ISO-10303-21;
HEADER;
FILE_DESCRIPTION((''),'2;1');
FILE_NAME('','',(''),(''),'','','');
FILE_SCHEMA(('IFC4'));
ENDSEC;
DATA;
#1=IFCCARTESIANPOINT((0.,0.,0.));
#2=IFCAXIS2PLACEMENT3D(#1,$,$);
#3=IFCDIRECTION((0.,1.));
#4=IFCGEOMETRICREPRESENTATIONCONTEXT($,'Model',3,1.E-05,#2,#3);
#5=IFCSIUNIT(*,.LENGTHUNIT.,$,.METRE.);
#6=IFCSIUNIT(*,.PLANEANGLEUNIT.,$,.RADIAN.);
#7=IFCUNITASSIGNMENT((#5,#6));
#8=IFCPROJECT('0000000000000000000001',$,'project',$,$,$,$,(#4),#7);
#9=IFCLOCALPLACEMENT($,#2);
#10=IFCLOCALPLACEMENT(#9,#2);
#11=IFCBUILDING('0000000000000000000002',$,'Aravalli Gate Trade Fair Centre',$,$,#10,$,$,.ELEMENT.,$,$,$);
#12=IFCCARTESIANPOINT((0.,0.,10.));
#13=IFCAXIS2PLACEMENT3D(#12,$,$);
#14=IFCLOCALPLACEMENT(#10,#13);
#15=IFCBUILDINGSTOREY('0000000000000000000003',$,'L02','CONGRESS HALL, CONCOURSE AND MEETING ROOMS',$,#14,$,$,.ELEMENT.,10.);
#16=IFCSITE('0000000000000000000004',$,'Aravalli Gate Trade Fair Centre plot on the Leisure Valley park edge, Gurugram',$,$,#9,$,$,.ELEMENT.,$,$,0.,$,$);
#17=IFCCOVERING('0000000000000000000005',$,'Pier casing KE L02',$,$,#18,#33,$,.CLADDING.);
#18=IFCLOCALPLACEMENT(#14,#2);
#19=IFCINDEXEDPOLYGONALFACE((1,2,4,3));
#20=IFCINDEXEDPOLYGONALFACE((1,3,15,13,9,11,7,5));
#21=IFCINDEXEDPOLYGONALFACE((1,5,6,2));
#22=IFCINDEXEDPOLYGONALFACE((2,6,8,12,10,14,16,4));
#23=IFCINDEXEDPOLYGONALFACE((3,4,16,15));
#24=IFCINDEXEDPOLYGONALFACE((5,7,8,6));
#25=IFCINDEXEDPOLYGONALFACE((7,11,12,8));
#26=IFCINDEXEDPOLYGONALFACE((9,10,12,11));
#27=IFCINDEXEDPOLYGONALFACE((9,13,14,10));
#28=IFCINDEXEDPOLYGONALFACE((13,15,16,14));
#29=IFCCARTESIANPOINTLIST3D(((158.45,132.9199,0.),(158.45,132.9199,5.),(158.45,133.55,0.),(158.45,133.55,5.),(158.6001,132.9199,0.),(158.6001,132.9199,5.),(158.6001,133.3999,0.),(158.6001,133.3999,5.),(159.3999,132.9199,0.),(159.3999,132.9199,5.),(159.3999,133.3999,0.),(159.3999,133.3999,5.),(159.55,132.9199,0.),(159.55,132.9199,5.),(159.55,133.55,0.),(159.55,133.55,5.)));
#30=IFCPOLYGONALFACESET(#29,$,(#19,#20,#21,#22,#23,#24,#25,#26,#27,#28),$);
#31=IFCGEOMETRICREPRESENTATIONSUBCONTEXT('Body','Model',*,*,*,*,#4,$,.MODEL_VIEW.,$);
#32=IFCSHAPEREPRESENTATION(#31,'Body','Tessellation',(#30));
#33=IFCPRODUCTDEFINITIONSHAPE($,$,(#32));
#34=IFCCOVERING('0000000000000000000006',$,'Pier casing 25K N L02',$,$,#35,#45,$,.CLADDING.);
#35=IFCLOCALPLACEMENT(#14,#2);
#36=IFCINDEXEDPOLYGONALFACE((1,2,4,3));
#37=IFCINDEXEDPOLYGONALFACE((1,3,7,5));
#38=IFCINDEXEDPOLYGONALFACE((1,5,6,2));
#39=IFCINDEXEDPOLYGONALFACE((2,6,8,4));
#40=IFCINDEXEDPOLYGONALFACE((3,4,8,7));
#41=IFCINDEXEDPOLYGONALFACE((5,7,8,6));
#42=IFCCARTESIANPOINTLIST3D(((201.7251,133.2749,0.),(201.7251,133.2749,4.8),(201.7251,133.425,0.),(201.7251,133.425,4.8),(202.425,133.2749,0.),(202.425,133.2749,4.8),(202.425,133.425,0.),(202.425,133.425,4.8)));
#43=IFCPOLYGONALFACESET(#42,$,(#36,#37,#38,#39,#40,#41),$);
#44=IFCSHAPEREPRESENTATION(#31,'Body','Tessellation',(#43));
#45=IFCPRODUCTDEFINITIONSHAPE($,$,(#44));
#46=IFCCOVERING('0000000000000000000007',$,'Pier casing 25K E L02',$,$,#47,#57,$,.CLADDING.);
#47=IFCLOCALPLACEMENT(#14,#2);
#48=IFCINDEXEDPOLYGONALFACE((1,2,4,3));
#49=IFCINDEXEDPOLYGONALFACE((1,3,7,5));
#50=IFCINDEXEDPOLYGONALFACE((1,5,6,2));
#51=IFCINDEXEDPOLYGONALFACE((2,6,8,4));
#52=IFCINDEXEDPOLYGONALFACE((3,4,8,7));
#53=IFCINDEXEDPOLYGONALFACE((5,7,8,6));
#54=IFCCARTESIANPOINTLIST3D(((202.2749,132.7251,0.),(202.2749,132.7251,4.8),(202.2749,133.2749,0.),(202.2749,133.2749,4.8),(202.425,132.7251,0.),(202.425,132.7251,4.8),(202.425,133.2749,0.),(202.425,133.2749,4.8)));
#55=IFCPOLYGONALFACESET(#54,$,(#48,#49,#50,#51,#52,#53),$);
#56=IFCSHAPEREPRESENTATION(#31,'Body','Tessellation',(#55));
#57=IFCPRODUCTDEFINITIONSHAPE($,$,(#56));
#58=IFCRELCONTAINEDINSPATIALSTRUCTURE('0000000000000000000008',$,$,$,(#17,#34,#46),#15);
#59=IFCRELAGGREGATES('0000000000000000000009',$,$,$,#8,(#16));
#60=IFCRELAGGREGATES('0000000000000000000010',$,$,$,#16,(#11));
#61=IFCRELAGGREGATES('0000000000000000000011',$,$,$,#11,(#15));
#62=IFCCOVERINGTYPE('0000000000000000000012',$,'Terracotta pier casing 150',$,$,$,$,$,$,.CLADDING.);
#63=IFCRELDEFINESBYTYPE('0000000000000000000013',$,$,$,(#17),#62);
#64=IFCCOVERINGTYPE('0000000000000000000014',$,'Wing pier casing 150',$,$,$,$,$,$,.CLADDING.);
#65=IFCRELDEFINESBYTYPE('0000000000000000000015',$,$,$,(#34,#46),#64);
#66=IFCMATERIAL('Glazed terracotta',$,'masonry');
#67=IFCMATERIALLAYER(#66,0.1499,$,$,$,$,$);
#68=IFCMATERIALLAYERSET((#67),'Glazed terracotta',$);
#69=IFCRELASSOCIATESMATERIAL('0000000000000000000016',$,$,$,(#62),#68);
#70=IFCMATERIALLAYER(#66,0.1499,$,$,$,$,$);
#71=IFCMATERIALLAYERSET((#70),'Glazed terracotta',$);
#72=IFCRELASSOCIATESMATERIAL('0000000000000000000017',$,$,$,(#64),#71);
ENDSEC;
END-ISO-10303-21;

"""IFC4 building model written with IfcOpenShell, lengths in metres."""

from ifc_helpers import new_model, si_unit, direction, frame, origin, place, context, subcontext, project, spatial, polyline, outline, extrude, material, layer, layer_set, type_object, element, save


model = new_model("IFC4")

# Units and contexts
model_context = context("Model", 3, precision=1e-05, world=origin(), true_north=direction((0.0, 1.0)))
body_context = subcontext(model_context, "Body", "Model", "MODEL_VIEW")
ifc_project = project(units=[si_unit("LENGTHUNIT", "METRE"), si_unit("PLANEANGLEUNIT", "RADIAN")], contexts=[model_context])

# Site, building, storey
site_placement = place(None, origin())
site = spatial("IfcSite", under=ifc_project, at=site_placement, Name="Aravalli Gate Trade Fair Centre plot on the Leisure Valley park edge, Gurugram", CompositionType="ELEMENT", RefElevation=0.0)
building_placement = place(site_placement, origin())
building = spatial("IfcBuilding", under=site, at=building_placement, Name="Aravalli Gate Trade Fair Centre", CompositionType="ELEMENT")
storey_placement = place(building_placement, frame((0.0, 0.0, 10.0)))
storey = spatial("IfcBuildingStorey", under=building, at=storey_placement, Name="L02", Description="CONGRESS HALL, CONCOURSE AND MEETING ROOMS", CompositionType="ELEMENT", Elevation=10.0)

# Coverings
ifc_material_1 = material(Name="Glazed terracotta", Category="masonry")
ifc_layer_1 = layer(ifc_material_1, 0.1499)
ifc_layer_set_1 = layer_set([ifc_layer_1], Name="Glazed terracotta")
covering_type_1 = type_object("IfcCoveringType", Name="Terracotta pier casing 150", PredefinedType="CLADDING", material=ifc_layer_set_1)
covering_1_placement = place(storey_placement, origin())
element("IfcCovering", 1, at=covering_1_placement, inside=storey, type_object=covering_type_1, Name="Pier casing KE L02", PredefinedType="CLADDING", context=body_context, shape_type="SweptSolid", body=[
    extrude(outline(polyline([(158.45, 132.9199), (158.6001, 132.9199), (158.6001, 133.3999), (159.3999, 133.3999), (159.3999, 132.9199), (159.55, 132.9199), (159.55, 133.55), (158.45, 133.55), (158.45, 132.9199)])), origin(), (0.0, 0.0, 1.0), 5.0),
])
ifc_layer_2 = layer(ifc_material_1, 0.1499)
ifc_layer_set_2 = layer_set([ifc_layer_2], Name="Glazed terracotta")
covering_type_2 = type_object("IfcCoveringType", Name="Wing pier casing 150", PredefinedType="CLADDING", material=ifc_layer_set_2)
covering_2_placement = place(storey_placement, origin())
element("IfcCovering", 2, at=covering_2_placement, inside=storey, type_object=covering_type_2, Name="Pier casing 25K N L02", PredefinedType="CLADDING", context=body_context, shape_type="SweptSolid", body=[
    extrude(outline(polyline([(201.7251, 133.2749), (202.425, 133.2749), (202.425, 133.425), (201.7251, 133.425), (201.7251, 133.2749)])), origin(), (0.0, 0.0, 1.0), 4.8),
])
covering_3_placement = place(storey_placement, origin())
element("IfcCovering", 3, at=covering_3_placement, inside=storey, type_object=covering_type_2, Name="Pier casing 25K E L02", PredefinedType="CLADDING", context=body_context, shape_type="SweptSolid", body=[
    extrude(outline(polyline([(202.2749, 132.7251), (202.425, 132.7251), (202.425, 133.2749), (202.2749, 133.2749), (202.2749, 132.7251)])), origin(), (0.0, 0.0, 1.0), 4.8),
])

save(model, "model.ifc")
